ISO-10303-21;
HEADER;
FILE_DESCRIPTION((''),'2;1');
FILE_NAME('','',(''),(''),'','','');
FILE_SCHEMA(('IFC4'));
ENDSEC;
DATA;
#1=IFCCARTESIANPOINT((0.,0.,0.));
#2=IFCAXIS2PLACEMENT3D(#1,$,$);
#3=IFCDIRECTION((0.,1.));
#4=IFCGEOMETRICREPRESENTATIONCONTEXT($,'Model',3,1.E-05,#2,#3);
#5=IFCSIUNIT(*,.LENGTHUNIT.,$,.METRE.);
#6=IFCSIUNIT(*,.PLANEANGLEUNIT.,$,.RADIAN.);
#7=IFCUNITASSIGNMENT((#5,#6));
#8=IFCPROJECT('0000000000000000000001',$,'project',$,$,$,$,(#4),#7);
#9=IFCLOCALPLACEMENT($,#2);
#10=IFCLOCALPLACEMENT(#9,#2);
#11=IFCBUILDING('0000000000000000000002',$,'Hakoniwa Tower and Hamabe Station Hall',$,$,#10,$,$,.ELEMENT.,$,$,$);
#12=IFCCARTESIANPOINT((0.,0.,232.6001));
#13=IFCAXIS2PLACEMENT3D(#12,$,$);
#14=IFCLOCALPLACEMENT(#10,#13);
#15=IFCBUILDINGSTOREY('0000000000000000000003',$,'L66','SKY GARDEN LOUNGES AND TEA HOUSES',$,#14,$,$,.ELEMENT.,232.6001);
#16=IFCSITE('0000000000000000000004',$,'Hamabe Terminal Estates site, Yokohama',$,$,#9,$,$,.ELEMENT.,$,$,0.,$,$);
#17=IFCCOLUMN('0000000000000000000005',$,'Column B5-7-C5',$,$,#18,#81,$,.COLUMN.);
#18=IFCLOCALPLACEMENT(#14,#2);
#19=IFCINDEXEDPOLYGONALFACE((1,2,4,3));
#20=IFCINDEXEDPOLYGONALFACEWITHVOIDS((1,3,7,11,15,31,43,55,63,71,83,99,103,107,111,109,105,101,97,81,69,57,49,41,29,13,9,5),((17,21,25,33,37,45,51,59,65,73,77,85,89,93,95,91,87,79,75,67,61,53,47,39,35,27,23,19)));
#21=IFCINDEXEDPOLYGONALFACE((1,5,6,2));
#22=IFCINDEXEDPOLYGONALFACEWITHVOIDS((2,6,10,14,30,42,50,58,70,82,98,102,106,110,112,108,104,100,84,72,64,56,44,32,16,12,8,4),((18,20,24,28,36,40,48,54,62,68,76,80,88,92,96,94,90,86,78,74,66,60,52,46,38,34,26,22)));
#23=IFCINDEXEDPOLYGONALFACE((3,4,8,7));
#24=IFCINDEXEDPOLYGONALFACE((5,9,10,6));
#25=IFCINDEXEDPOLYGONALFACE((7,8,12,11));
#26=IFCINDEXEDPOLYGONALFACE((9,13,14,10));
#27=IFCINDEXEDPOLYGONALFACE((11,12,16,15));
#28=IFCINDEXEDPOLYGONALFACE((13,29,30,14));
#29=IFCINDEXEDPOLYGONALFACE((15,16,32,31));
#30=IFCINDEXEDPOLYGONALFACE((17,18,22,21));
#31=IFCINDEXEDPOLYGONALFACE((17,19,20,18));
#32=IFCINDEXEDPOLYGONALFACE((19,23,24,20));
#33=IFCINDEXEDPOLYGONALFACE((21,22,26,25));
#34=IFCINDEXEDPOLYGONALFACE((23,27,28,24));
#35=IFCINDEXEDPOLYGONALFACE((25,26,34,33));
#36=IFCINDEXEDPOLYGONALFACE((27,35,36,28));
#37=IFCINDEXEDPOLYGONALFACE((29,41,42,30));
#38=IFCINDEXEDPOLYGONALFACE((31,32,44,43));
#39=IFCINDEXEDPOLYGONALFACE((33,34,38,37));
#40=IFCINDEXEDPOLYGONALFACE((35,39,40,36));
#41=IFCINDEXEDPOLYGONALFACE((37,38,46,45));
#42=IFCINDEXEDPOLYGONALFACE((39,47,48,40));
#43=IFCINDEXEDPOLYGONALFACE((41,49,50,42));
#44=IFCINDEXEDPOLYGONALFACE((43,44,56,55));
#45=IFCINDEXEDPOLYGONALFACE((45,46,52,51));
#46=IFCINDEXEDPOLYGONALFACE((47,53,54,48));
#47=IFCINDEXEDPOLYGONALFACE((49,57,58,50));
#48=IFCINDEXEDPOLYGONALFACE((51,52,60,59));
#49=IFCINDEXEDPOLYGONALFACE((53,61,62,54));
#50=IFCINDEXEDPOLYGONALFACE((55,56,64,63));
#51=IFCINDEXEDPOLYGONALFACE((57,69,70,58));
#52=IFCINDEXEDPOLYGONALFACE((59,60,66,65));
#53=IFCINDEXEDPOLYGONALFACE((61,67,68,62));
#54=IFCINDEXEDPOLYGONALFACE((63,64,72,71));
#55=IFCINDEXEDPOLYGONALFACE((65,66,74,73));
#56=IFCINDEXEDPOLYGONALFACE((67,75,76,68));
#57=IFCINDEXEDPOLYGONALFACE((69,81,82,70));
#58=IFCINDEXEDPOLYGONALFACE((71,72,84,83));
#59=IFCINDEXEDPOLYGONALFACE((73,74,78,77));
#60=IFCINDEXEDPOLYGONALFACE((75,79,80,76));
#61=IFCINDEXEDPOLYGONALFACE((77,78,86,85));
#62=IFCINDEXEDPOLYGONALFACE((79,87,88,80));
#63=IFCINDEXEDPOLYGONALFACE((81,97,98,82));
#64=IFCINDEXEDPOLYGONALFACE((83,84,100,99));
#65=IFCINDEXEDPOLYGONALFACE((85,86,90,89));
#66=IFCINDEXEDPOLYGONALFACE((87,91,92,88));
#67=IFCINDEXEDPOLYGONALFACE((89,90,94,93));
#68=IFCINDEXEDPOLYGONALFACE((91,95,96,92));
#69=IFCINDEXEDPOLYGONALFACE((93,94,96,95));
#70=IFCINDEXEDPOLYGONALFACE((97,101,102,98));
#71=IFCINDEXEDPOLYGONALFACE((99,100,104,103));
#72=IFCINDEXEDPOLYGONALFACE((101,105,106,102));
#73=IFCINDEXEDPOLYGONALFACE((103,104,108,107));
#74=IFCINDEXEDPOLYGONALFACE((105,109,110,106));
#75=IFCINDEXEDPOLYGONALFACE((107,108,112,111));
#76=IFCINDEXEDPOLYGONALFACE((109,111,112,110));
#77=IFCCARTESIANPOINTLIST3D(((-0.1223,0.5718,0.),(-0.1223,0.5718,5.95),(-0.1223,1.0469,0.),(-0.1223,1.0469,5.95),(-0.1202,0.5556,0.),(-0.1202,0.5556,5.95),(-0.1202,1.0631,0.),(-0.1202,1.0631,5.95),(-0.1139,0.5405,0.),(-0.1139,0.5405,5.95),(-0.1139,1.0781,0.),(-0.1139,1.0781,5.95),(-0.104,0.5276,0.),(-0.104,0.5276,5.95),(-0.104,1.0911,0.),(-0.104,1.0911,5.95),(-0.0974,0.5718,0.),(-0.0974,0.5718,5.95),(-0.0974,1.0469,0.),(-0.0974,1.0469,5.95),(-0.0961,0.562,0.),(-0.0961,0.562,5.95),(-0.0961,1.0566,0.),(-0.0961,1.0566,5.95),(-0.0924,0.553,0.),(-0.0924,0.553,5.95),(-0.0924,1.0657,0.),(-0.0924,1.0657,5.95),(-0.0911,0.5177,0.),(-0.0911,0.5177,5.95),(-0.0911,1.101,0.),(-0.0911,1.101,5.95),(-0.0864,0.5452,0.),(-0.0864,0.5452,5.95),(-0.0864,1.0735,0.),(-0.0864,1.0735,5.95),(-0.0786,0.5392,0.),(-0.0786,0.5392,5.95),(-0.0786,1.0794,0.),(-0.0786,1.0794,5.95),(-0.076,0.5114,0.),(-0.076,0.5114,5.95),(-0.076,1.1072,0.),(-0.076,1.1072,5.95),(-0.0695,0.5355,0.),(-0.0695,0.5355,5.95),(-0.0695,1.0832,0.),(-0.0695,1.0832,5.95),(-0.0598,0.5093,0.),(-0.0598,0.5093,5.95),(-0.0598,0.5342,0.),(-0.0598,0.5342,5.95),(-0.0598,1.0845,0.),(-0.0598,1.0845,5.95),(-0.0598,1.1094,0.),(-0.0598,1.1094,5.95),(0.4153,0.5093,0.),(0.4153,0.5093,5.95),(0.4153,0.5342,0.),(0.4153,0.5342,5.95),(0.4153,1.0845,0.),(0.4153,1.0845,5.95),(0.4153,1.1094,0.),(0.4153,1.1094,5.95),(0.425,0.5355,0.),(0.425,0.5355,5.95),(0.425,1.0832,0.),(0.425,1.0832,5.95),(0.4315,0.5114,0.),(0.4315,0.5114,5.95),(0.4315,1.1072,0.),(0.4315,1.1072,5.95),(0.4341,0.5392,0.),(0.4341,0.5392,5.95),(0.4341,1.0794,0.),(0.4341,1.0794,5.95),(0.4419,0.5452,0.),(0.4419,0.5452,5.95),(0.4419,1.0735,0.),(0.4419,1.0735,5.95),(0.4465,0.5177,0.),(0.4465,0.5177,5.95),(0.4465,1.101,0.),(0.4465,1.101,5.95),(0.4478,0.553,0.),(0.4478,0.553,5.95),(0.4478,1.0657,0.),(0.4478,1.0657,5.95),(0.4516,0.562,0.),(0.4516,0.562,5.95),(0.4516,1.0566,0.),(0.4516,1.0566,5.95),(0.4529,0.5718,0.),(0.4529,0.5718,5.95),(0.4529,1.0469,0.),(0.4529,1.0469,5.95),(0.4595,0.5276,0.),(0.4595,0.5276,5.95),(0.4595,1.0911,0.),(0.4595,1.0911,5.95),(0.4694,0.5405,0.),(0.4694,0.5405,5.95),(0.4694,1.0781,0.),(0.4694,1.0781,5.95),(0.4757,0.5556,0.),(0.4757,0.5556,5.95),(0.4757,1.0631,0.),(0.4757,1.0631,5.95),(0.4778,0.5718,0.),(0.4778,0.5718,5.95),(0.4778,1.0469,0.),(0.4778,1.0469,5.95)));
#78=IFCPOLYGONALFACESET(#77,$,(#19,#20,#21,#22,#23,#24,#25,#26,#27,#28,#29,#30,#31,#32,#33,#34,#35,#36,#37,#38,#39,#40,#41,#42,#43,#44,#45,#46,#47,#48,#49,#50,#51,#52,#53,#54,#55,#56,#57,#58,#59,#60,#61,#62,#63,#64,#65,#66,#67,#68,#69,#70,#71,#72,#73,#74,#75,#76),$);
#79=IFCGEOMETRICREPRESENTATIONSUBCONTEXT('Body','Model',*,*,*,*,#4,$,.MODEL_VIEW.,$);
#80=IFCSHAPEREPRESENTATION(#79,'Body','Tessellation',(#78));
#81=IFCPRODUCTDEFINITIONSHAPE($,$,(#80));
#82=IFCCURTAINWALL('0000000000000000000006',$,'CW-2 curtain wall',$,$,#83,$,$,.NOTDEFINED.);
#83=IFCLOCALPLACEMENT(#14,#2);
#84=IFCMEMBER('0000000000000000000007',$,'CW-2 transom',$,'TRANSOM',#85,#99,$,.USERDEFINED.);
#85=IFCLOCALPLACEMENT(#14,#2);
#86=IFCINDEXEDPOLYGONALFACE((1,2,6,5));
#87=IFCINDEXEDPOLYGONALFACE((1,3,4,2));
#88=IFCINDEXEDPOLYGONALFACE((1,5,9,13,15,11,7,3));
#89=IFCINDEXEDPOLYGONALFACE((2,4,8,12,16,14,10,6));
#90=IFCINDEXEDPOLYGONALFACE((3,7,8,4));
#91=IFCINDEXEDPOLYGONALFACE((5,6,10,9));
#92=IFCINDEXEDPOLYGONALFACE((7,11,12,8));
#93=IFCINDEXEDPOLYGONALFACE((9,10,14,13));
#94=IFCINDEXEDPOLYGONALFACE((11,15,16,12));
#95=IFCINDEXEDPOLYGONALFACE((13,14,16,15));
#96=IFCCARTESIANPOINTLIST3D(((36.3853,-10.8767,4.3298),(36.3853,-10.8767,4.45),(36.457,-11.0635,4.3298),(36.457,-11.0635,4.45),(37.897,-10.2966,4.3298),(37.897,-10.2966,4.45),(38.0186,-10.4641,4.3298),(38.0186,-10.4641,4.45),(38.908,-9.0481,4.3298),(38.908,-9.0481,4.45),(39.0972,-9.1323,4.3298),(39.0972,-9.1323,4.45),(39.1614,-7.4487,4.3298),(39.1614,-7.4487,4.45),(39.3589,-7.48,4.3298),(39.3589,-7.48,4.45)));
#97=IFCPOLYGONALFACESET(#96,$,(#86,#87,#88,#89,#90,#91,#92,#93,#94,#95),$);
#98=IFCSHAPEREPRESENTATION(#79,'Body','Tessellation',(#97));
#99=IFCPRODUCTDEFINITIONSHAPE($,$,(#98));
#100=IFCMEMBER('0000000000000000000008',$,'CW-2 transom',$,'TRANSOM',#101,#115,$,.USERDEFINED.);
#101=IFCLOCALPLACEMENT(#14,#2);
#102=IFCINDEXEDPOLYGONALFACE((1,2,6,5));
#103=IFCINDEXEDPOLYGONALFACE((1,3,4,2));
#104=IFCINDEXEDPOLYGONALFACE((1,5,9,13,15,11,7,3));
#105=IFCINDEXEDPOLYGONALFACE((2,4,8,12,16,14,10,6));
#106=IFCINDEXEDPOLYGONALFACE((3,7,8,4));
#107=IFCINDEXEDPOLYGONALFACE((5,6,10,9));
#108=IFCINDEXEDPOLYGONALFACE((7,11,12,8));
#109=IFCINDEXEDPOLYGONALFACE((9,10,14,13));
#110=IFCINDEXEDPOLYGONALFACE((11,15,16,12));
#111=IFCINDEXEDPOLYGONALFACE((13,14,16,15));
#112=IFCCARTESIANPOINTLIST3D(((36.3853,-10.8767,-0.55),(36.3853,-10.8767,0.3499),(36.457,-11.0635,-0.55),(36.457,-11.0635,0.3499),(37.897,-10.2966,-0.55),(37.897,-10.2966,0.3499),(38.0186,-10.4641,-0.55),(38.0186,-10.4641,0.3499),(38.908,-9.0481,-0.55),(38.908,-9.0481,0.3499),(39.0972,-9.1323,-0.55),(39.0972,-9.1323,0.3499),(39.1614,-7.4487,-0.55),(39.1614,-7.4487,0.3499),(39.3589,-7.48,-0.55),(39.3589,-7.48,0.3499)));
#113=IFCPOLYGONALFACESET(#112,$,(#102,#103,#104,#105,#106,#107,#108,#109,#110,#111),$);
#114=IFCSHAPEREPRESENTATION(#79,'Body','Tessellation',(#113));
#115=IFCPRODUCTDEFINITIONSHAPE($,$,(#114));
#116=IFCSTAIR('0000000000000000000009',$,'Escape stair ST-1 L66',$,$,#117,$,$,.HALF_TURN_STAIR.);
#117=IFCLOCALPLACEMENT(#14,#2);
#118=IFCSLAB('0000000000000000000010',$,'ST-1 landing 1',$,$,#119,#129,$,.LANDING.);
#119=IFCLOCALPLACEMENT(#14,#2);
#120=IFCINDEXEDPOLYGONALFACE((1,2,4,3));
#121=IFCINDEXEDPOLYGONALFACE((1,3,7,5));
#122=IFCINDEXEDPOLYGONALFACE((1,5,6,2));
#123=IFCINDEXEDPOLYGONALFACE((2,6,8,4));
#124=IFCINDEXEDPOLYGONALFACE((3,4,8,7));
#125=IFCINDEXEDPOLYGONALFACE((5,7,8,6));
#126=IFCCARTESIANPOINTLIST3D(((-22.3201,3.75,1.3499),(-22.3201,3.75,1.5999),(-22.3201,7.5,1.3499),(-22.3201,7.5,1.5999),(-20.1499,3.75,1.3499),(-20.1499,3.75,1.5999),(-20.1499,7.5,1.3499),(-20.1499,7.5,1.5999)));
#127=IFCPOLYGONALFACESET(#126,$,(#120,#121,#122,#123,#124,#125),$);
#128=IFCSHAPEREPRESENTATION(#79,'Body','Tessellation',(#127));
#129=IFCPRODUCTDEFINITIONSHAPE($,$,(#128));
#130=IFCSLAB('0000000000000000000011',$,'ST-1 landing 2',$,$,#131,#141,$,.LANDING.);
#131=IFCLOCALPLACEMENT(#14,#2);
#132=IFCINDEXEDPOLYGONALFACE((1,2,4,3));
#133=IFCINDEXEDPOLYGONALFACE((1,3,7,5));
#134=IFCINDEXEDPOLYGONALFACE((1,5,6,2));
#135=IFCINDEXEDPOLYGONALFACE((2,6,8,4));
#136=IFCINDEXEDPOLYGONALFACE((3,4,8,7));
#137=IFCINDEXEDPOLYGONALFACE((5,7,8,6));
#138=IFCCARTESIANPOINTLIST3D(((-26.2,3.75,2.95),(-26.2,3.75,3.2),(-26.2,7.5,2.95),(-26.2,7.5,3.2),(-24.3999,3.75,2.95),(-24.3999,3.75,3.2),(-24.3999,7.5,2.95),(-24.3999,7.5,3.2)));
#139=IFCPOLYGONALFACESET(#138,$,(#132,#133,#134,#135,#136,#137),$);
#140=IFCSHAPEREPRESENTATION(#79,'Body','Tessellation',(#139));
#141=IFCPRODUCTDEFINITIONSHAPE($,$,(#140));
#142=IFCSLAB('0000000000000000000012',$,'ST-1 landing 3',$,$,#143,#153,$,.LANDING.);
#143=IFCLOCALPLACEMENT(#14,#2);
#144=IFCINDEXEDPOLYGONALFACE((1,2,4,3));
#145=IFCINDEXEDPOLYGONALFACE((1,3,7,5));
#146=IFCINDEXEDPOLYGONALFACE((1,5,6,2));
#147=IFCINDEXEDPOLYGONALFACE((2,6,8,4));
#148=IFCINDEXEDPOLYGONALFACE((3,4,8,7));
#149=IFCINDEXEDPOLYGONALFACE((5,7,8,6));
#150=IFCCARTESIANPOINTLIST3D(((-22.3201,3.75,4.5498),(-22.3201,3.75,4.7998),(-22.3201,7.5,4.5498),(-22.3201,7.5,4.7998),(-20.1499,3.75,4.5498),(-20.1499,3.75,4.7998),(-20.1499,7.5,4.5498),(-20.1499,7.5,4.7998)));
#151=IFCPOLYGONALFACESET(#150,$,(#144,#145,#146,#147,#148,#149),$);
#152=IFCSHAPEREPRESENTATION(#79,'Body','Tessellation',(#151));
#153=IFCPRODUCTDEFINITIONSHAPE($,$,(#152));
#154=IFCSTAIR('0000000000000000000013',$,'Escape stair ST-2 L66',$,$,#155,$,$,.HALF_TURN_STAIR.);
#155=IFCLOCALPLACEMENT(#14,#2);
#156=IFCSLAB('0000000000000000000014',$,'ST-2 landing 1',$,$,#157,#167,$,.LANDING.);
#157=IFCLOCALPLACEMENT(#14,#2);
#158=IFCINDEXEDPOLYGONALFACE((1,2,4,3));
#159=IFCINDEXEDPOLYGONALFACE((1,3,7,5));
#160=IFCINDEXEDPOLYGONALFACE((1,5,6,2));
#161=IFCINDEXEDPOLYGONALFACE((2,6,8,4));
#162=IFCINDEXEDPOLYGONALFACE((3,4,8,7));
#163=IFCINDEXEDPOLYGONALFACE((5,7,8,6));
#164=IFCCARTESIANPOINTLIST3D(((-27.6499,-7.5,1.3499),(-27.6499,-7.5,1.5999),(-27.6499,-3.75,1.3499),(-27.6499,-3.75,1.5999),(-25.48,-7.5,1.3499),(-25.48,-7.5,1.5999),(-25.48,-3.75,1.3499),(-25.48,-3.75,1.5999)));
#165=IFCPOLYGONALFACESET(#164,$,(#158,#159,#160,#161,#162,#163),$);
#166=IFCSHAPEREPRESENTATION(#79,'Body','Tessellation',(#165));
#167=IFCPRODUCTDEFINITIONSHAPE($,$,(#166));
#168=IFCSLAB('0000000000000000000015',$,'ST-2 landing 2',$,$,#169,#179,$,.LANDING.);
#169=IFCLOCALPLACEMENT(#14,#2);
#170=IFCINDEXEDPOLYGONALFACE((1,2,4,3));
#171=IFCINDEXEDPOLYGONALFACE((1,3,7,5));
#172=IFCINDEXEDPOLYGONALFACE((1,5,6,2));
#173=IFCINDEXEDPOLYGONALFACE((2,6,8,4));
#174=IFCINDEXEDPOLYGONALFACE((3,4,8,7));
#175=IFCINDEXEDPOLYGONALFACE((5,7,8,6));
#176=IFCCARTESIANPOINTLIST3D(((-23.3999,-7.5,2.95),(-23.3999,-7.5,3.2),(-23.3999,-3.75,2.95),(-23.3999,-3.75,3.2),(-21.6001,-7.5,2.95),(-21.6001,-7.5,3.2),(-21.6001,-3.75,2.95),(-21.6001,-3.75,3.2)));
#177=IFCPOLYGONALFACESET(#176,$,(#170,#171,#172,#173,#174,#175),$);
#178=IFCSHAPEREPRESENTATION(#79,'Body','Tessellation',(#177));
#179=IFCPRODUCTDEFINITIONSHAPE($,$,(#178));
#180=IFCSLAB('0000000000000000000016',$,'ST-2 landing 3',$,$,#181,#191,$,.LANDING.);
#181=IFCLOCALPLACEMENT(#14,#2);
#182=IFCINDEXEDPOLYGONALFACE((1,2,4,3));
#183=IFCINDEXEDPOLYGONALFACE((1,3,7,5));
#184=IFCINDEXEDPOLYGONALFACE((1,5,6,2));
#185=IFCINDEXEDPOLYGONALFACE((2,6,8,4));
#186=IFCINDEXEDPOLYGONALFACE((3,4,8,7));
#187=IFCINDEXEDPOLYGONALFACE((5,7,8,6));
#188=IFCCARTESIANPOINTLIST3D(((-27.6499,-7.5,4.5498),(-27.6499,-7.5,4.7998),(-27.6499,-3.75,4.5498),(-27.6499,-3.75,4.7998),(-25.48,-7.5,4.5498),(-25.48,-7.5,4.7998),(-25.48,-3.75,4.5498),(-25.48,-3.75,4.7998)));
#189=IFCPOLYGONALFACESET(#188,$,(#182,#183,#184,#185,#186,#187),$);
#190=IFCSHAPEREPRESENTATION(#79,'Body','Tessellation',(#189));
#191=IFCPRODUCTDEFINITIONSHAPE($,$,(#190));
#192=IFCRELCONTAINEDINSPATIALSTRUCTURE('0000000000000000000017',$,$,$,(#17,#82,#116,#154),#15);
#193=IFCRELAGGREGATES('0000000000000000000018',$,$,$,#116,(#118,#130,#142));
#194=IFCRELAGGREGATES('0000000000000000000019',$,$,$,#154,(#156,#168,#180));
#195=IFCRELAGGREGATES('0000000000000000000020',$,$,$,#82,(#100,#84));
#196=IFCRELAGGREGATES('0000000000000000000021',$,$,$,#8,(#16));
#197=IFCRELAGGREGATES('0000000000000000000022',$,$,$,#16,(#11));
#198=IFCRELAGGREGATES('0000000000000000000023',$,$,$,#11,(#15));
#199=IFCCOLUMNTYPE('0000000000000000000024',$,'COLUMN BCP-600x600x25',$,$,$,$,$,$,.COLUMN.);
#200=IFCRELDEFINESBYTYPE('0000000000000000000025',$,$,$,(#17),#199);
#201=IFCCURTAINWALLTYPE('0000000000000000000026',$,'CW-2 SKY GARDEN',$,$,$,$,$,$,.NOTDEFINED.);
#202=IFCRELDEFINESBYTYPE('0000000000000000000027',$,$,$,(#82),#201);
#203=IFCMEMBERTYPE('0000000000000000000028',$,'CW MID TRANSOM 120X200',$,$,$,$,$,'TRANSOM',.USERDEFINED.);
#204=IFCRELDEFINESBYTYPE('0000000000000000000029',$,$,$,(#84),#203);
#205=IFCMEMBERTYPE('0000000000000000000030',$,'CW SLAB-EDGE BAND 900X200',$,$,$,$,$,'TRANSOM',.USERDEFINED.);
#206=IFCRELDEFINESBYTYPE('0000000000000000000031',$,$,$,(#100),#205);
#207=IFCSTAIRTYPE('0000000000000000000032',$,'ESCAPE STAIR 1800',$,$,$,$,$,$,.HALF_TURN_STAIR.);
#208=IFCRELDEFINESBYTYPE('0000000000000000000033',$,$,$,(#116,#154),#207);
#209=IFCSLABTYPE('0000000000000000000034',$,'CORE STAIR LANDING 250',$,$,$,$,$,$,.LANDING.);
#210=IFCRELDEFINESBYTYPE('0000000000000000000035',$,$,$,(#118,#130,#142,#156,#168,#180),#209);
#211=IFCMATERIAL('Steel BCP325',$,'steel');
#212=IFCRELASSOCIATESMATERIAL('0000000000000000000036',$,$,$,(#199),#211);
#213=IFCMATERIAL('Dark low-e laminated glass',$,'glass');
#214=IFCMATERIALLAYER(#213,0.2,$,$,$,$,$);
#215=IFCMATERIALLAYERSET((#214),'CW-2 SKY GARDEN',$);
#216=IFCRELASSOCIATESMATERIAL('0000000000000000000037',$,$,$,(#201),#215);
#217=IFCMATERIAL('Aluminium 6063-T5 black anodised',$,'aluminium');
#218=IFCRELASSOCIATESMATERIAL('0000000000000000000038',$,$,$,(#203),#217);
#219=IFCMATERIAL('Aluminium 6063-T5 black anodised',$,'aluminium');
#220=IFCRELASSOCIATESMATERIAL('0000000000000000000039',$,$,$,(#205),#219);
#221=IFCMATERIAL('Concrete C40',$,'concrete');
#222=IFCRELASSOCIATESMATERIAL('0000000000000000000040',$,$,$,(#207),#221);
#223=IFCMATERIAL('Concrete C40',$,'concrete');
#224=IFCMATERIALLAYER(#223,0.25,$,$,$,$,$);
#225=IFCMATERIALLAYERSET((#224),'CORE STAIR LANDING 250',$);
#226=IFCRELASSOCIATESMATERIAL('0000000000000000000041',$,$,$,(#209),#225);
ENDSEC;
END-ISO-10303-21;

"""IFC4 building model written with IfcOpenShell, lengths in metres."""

from ifc_helpers import new_model, si_unit, direction, frame, origin, origin_2d, place, context, subcontext, project, spatial, polyline, rectangle, hollow_rectangle, outline, extrude, material, layer, layer_set, material_profile, profile_set, type_object, element, aggregate, save


model = new_model("IFC4")

# Units and contexts
model_context = context("Model", 3, precision=1e-05, world=origin(), true_north=direction((0.0, 1.0)))
body_context = subcontext(model_context, "Body", "Model", "MODEL_VIEW")
ifc_project = project(units=[si_unit("LENGTHUNIT", "METRE"), si_unit("PLANEANGLEUNIT", "RADIAN")], contexts=[model_context])

# Site, building, storey
site_placement = place(None, origin())
site = spatial("IfcSite", under=ifc_project, at=site_placement, Name="Hamabe Terminal Estates site, Yokohama", CompositionType="ELEMENT", RefElevation=0.0)
building_placement = place(site_placement, origin())
building = spatial("IfcBuilding", under=site, at=building_placement, Name="Hakoniwa Tower and Hamabe Station Hall", CompositionType="ELEMENT")
storey_placement = place(building_placement, frame((0.0, 0.0, 232.6001)))
storey = spatial("IfcBuildingStorey", under=building, at=storey_placement, Name="L66", Description="SKY GARDEN LOUNGES AND TEA HOUSES", CompositionType="ELEMENT", Elevation=232.6001)

# Column
ifc_material_1 = material(Name="Steel BCP325", Category="steel")
ifc_material_profile_1 = material_profile(ifc_material_1, hollow_rectangle(XDim=0.6001, YDim=0.6001, WallThickness=0.0249, InnerFilletRadius=0.0376, OuterFilletRadius=0.0625, at=origin_2d()), Name="BCP-600x600x25")
ifc_profile_set_1 = profile_set([ifc_material_profile_1], Name="Steel BCP325")
column_type = type_object("IfcColumnType", Name="COLUMN BCP-600x600x25", PredefinedType="COLUMN", material=ifc_profile_set_1)
column_placement = place(storey_placement, frame((0.1777, 0.8093, 0.0), z_axis=(0.0, 0.0, 1.0), x_axis=(1.0, 0.0, 0.0)))
element("IfcColumn", 1, at=column_placement, inside=storey, type_object=column_type, Name="Column B5-7-C5", PredefinedType="COLUMN", context=body_context, shape_type="SweptSolid", body=[
    extrude(hollow_rectangle(XDim=0.6001, YDim=0.6001, WallThickness=0.0249, InnerFilletRadius=0.0376, OuterFilletRadius=0.0625, at=origin_2d()), origin(), (0.0, 0.0, 1.0), 5.95),
])

# Curtain wall, members
ifc_material_2 = material(Name="Dark low-e laminated glass", Category="glass")
ifc_layer_1 = layer(ifc_material_2, 0.2)
ifc_layer_set_1 = layer_set([ifc_layer_1], Name="CW-2 SKY GARDEN")
curtain_wall_type = type_object("IfcCurtainWallType", Name="CW-2 SKY GARDEN", PredefinedType="NOTDEFINED", material=ifc_layer_set_1)
curtain_wall_placement = place(storey_placement, origin())
curtain_wall = element("IfcCurtainWall", 2, at=curtain_wall_placement, inside=storey, type_object=curtain_wall_type, Name="CW-2 curtain wall", PredefinedType="NOTDEFINED")
ifc_material_3 = material(Name="Aluminium 6063-T5 black anodised", Category="aluminium")
ifc_material_profile_2 = material_profile(ifc_material_3, rectangle(XDim=0.2, YDim=0.1201, at=origin_2d()), Name="CW MID TRANSOM 120X200")
ifc_profile_set_2 = profile_set([ifc_material_profile_2], Name="Aluminium 6063-T5 black anodised")
member_type_1 = type_object("IfcMemberType", Name="CW MID TRANSOM 120X200", ElementType="TRANSOM", PredefinedType="USERDEFINED", material=ifc_profile_set_2)
member_1_placement = place(storey_placement, frame((0.0, 0.0, 4.3298)))
member_1 = element("IfcMember", 3, at=member_1_placement, type_object=member_type_1, Name="CW-2 transom", ObjectType="TRANSOM", PredefinedType="USERDEFINED", context=body_context, shape_type="SweptSolid", body=[
    extrude(outline(polyline([(36.457, -11.0635), (38.0186, -10.4641), (39.0972, -9.1323), (39.3589, -7.48), (39.1614, -7.4487), (38.908, -9.0481), (37.897, -10.2966), (36.3853, -10.8767), (36.457, -11.0635)])), origin(), (0.0, 0.0, 1.0), 0.1201),
])
ifc_material_4 = material(Name="Aluminium 6063-T5 black anodised", Category="aluminium")
ifc_material_profile_3 = material_profile(ifc_material_4, rectangle(XDim=0.2, YDim=0.8999, at=origin_2d()), Name="CW SLAB-EDGE BAND 900X200")
ifc_profile_set_3 = profile_set([ifc_material_profile_3], Name="Aluminium 6063-T5 black anodised")
member_type_2 = type_object("IfcMemberType", Name="CW SLAB-EDGE BAND 900X200", ElementType="TRANSOM", PredefinedType="USERDEFINED", material=ifc_profile_set_3)
member_2_placement = place(storey_placement, frame((0.0, 0.0, -0.55)))
member_2 = element("IfcMember", 4, at=member_2_placement, type_object=member_type_2, Name="CW-2 transom", ObjectType="TRANSOM", PredefinedType="USERDEFINED", context=body_context, shape_type="SweptSolid", body=[
    extrude(outline(polyline([(36.457, -11.0635), (38.0186, -10.4641), (39.0972, -9.1323), (39.3589, -7.48), (39.1614, -7.4487), (38.908, -9.0481), (37.897, -10.2966), (36.3853, -10.8767), (36.457, -11.0635)])), origin(), (0.0, 0.0, 1.0), 0.8999),
])

# Stairs, slabs
ifc_material_5 = material(Name="Concrete C40", Category="concrete")
stair_type = type_object("IfcStairType", Name="ESCAPE STAIR 1800", PredefinedType="HALF_TURN_STAIR", material=ifc_material_5)
stair_1_placement = place(storey_placement, origin())
stair_1 = element("IfcStair", 5, at=stair_1_placement, inside=storey, type_object=stair_type, Name="Escape stair ST-1 L66", PredefinedType="HALF_TURN_STAIR")
ifc_material_6 = material(Name="Concrete C40", Category="concrete")
ifc_layer_2 = layer(ifc_material_6, 0.25)
ifc_layer_set_2 = layer_set([ifc_layer_2], Name="CORE STAIR LANDING 250")
slab_type = type_object("IfcSlabType", Name="CORE STAIR LANDING 250", PredefinedType="LANDING", material=ifc_layer_set_2)
slab_1_placement = place(storey_placement, frame((0.0, 0.0, 1.3499)))
slab_1 = element("IfcSlab", 6, at=slab_1_placement, type_object=slab_type, Name="ST-1 landing 1", PredefinedType="LANDING", context=body_context, shape_type="SweptSolid", body=[
    extrude(outline(polyline([(-22.3201, 3.75), (-20.1499, 3.75), (-20.1499, 7.5), (-22.3201, 7.5), (-22.3201, 3.75)])), origin(), (0.0, 0.0, 1.0), 0.25),
])
slab_2_placement = place(storey_placement, frame((0.0, 0.0, 2.95)))
slab_2 = element("IfcSlab", 7, at=slab_2_placement, type_object=slab_type, Name="ST-1 landing 2", PredefinedType="LANDING", context=body_context, shape_type="SweptSolid", body=[
    extrude(outline(polyline([(-26.2, 3.75), (-24.3999, 3.75), (-24.3999, 7.5), (-26.2, 7.5), (-26.2, 3.75)])), origin(), (0.0, 0.0, 1.0), 0.25),
])
slab_3_placement = place(storey_placement, frame((0.0, 0.0, 4.5498)))
slab_3 = element("IfcSlab", 8, at=slab_3_placement, type_object=slab_type, Name="ST-1 landing 3", PredefinedType="LANDING", context=body_context, shape_type="SweptSolid", body=[
    extrude(outline(polyline([(-22.3201, 3.75), (-20.1499, 3.75), (-20.1499, 7.5), (-22.3201, 7.5), (-22.3201, 3.75)])), origin(), (0.0, 0.0, 1.0), 0.25),
])
aggregate(stair_1, [slab_1, slab_2, slab_3])
stair_2_placement = place(storey_placement, origin())
stair_2 = element("IfcStair", 9, at=stair_2_placement, inside=storey, type_object=stair_type, Name="Escape stair ST-2 L66", PredefinedType="HALF_TURN_STAIR")
slab_4_placement = place(storey_placement, frame((0.0, 0.0, 1.3499)))
slab_4 = element("IfcSlab", 10, at=slab_4_placement, type_object=slab_type, Name="ST-2 landing 1", PredefinedType="LANDING", context=body_context, shape_type="SweptSolid", body=[
    extrude(outline(polyline([(-25.48, -7.5), (-27.6499, -7.5), (-27.6499, -3.75), (-25.48, -3.75), (-25.48, -7.5)])), origin(), (0.0, 0.0, 1.0), 0.25),
])
slab_5_placement = place(storey_placement, frame((0.0, 0.0, 2.95)))
slab_5 = element("IfcSlab", 11, at=slab_5_placement, type_object=slab_type, Name="ST-2 landing 2", PredefinedType="LANDING", context=body_context, shape_type="SweptSolid", body=[
    extrude(outline(polyline([(-21.6001, -7.5), (-23.3999, -7.5), (-23.3999, -3.75), (-21.6001, -3.75), (-21.6001, -7.5)])), origin(), (0.0, 0.0, 1.0), 0.25),
])
slab_6_placement = place(storey_placement, frame((0.0, 0.0, 4.5498)))
slab_6 = element("IfcSlab", 12, at=slab_6_placement, type_object=slab_type, Name="ST-2 landing 3", PredefinedType="LANDING", context=body_context, shape_type="SweptSolid", body=[
    extrude(outline(polyline([(-25.48, -7.5), (-27.6499, -7.5), (-27.6499, -3.75), (-25.48, -3.75), (-25.48, -7.5)])), origin(), (0.0, 0.0, 1.0), 0.25),
])
aggregate(stair_2, [slab_4, slab_5, slab_6])

aggregate(curtain_wall, [member_2, member_1])

save(model, "model.ifc")
